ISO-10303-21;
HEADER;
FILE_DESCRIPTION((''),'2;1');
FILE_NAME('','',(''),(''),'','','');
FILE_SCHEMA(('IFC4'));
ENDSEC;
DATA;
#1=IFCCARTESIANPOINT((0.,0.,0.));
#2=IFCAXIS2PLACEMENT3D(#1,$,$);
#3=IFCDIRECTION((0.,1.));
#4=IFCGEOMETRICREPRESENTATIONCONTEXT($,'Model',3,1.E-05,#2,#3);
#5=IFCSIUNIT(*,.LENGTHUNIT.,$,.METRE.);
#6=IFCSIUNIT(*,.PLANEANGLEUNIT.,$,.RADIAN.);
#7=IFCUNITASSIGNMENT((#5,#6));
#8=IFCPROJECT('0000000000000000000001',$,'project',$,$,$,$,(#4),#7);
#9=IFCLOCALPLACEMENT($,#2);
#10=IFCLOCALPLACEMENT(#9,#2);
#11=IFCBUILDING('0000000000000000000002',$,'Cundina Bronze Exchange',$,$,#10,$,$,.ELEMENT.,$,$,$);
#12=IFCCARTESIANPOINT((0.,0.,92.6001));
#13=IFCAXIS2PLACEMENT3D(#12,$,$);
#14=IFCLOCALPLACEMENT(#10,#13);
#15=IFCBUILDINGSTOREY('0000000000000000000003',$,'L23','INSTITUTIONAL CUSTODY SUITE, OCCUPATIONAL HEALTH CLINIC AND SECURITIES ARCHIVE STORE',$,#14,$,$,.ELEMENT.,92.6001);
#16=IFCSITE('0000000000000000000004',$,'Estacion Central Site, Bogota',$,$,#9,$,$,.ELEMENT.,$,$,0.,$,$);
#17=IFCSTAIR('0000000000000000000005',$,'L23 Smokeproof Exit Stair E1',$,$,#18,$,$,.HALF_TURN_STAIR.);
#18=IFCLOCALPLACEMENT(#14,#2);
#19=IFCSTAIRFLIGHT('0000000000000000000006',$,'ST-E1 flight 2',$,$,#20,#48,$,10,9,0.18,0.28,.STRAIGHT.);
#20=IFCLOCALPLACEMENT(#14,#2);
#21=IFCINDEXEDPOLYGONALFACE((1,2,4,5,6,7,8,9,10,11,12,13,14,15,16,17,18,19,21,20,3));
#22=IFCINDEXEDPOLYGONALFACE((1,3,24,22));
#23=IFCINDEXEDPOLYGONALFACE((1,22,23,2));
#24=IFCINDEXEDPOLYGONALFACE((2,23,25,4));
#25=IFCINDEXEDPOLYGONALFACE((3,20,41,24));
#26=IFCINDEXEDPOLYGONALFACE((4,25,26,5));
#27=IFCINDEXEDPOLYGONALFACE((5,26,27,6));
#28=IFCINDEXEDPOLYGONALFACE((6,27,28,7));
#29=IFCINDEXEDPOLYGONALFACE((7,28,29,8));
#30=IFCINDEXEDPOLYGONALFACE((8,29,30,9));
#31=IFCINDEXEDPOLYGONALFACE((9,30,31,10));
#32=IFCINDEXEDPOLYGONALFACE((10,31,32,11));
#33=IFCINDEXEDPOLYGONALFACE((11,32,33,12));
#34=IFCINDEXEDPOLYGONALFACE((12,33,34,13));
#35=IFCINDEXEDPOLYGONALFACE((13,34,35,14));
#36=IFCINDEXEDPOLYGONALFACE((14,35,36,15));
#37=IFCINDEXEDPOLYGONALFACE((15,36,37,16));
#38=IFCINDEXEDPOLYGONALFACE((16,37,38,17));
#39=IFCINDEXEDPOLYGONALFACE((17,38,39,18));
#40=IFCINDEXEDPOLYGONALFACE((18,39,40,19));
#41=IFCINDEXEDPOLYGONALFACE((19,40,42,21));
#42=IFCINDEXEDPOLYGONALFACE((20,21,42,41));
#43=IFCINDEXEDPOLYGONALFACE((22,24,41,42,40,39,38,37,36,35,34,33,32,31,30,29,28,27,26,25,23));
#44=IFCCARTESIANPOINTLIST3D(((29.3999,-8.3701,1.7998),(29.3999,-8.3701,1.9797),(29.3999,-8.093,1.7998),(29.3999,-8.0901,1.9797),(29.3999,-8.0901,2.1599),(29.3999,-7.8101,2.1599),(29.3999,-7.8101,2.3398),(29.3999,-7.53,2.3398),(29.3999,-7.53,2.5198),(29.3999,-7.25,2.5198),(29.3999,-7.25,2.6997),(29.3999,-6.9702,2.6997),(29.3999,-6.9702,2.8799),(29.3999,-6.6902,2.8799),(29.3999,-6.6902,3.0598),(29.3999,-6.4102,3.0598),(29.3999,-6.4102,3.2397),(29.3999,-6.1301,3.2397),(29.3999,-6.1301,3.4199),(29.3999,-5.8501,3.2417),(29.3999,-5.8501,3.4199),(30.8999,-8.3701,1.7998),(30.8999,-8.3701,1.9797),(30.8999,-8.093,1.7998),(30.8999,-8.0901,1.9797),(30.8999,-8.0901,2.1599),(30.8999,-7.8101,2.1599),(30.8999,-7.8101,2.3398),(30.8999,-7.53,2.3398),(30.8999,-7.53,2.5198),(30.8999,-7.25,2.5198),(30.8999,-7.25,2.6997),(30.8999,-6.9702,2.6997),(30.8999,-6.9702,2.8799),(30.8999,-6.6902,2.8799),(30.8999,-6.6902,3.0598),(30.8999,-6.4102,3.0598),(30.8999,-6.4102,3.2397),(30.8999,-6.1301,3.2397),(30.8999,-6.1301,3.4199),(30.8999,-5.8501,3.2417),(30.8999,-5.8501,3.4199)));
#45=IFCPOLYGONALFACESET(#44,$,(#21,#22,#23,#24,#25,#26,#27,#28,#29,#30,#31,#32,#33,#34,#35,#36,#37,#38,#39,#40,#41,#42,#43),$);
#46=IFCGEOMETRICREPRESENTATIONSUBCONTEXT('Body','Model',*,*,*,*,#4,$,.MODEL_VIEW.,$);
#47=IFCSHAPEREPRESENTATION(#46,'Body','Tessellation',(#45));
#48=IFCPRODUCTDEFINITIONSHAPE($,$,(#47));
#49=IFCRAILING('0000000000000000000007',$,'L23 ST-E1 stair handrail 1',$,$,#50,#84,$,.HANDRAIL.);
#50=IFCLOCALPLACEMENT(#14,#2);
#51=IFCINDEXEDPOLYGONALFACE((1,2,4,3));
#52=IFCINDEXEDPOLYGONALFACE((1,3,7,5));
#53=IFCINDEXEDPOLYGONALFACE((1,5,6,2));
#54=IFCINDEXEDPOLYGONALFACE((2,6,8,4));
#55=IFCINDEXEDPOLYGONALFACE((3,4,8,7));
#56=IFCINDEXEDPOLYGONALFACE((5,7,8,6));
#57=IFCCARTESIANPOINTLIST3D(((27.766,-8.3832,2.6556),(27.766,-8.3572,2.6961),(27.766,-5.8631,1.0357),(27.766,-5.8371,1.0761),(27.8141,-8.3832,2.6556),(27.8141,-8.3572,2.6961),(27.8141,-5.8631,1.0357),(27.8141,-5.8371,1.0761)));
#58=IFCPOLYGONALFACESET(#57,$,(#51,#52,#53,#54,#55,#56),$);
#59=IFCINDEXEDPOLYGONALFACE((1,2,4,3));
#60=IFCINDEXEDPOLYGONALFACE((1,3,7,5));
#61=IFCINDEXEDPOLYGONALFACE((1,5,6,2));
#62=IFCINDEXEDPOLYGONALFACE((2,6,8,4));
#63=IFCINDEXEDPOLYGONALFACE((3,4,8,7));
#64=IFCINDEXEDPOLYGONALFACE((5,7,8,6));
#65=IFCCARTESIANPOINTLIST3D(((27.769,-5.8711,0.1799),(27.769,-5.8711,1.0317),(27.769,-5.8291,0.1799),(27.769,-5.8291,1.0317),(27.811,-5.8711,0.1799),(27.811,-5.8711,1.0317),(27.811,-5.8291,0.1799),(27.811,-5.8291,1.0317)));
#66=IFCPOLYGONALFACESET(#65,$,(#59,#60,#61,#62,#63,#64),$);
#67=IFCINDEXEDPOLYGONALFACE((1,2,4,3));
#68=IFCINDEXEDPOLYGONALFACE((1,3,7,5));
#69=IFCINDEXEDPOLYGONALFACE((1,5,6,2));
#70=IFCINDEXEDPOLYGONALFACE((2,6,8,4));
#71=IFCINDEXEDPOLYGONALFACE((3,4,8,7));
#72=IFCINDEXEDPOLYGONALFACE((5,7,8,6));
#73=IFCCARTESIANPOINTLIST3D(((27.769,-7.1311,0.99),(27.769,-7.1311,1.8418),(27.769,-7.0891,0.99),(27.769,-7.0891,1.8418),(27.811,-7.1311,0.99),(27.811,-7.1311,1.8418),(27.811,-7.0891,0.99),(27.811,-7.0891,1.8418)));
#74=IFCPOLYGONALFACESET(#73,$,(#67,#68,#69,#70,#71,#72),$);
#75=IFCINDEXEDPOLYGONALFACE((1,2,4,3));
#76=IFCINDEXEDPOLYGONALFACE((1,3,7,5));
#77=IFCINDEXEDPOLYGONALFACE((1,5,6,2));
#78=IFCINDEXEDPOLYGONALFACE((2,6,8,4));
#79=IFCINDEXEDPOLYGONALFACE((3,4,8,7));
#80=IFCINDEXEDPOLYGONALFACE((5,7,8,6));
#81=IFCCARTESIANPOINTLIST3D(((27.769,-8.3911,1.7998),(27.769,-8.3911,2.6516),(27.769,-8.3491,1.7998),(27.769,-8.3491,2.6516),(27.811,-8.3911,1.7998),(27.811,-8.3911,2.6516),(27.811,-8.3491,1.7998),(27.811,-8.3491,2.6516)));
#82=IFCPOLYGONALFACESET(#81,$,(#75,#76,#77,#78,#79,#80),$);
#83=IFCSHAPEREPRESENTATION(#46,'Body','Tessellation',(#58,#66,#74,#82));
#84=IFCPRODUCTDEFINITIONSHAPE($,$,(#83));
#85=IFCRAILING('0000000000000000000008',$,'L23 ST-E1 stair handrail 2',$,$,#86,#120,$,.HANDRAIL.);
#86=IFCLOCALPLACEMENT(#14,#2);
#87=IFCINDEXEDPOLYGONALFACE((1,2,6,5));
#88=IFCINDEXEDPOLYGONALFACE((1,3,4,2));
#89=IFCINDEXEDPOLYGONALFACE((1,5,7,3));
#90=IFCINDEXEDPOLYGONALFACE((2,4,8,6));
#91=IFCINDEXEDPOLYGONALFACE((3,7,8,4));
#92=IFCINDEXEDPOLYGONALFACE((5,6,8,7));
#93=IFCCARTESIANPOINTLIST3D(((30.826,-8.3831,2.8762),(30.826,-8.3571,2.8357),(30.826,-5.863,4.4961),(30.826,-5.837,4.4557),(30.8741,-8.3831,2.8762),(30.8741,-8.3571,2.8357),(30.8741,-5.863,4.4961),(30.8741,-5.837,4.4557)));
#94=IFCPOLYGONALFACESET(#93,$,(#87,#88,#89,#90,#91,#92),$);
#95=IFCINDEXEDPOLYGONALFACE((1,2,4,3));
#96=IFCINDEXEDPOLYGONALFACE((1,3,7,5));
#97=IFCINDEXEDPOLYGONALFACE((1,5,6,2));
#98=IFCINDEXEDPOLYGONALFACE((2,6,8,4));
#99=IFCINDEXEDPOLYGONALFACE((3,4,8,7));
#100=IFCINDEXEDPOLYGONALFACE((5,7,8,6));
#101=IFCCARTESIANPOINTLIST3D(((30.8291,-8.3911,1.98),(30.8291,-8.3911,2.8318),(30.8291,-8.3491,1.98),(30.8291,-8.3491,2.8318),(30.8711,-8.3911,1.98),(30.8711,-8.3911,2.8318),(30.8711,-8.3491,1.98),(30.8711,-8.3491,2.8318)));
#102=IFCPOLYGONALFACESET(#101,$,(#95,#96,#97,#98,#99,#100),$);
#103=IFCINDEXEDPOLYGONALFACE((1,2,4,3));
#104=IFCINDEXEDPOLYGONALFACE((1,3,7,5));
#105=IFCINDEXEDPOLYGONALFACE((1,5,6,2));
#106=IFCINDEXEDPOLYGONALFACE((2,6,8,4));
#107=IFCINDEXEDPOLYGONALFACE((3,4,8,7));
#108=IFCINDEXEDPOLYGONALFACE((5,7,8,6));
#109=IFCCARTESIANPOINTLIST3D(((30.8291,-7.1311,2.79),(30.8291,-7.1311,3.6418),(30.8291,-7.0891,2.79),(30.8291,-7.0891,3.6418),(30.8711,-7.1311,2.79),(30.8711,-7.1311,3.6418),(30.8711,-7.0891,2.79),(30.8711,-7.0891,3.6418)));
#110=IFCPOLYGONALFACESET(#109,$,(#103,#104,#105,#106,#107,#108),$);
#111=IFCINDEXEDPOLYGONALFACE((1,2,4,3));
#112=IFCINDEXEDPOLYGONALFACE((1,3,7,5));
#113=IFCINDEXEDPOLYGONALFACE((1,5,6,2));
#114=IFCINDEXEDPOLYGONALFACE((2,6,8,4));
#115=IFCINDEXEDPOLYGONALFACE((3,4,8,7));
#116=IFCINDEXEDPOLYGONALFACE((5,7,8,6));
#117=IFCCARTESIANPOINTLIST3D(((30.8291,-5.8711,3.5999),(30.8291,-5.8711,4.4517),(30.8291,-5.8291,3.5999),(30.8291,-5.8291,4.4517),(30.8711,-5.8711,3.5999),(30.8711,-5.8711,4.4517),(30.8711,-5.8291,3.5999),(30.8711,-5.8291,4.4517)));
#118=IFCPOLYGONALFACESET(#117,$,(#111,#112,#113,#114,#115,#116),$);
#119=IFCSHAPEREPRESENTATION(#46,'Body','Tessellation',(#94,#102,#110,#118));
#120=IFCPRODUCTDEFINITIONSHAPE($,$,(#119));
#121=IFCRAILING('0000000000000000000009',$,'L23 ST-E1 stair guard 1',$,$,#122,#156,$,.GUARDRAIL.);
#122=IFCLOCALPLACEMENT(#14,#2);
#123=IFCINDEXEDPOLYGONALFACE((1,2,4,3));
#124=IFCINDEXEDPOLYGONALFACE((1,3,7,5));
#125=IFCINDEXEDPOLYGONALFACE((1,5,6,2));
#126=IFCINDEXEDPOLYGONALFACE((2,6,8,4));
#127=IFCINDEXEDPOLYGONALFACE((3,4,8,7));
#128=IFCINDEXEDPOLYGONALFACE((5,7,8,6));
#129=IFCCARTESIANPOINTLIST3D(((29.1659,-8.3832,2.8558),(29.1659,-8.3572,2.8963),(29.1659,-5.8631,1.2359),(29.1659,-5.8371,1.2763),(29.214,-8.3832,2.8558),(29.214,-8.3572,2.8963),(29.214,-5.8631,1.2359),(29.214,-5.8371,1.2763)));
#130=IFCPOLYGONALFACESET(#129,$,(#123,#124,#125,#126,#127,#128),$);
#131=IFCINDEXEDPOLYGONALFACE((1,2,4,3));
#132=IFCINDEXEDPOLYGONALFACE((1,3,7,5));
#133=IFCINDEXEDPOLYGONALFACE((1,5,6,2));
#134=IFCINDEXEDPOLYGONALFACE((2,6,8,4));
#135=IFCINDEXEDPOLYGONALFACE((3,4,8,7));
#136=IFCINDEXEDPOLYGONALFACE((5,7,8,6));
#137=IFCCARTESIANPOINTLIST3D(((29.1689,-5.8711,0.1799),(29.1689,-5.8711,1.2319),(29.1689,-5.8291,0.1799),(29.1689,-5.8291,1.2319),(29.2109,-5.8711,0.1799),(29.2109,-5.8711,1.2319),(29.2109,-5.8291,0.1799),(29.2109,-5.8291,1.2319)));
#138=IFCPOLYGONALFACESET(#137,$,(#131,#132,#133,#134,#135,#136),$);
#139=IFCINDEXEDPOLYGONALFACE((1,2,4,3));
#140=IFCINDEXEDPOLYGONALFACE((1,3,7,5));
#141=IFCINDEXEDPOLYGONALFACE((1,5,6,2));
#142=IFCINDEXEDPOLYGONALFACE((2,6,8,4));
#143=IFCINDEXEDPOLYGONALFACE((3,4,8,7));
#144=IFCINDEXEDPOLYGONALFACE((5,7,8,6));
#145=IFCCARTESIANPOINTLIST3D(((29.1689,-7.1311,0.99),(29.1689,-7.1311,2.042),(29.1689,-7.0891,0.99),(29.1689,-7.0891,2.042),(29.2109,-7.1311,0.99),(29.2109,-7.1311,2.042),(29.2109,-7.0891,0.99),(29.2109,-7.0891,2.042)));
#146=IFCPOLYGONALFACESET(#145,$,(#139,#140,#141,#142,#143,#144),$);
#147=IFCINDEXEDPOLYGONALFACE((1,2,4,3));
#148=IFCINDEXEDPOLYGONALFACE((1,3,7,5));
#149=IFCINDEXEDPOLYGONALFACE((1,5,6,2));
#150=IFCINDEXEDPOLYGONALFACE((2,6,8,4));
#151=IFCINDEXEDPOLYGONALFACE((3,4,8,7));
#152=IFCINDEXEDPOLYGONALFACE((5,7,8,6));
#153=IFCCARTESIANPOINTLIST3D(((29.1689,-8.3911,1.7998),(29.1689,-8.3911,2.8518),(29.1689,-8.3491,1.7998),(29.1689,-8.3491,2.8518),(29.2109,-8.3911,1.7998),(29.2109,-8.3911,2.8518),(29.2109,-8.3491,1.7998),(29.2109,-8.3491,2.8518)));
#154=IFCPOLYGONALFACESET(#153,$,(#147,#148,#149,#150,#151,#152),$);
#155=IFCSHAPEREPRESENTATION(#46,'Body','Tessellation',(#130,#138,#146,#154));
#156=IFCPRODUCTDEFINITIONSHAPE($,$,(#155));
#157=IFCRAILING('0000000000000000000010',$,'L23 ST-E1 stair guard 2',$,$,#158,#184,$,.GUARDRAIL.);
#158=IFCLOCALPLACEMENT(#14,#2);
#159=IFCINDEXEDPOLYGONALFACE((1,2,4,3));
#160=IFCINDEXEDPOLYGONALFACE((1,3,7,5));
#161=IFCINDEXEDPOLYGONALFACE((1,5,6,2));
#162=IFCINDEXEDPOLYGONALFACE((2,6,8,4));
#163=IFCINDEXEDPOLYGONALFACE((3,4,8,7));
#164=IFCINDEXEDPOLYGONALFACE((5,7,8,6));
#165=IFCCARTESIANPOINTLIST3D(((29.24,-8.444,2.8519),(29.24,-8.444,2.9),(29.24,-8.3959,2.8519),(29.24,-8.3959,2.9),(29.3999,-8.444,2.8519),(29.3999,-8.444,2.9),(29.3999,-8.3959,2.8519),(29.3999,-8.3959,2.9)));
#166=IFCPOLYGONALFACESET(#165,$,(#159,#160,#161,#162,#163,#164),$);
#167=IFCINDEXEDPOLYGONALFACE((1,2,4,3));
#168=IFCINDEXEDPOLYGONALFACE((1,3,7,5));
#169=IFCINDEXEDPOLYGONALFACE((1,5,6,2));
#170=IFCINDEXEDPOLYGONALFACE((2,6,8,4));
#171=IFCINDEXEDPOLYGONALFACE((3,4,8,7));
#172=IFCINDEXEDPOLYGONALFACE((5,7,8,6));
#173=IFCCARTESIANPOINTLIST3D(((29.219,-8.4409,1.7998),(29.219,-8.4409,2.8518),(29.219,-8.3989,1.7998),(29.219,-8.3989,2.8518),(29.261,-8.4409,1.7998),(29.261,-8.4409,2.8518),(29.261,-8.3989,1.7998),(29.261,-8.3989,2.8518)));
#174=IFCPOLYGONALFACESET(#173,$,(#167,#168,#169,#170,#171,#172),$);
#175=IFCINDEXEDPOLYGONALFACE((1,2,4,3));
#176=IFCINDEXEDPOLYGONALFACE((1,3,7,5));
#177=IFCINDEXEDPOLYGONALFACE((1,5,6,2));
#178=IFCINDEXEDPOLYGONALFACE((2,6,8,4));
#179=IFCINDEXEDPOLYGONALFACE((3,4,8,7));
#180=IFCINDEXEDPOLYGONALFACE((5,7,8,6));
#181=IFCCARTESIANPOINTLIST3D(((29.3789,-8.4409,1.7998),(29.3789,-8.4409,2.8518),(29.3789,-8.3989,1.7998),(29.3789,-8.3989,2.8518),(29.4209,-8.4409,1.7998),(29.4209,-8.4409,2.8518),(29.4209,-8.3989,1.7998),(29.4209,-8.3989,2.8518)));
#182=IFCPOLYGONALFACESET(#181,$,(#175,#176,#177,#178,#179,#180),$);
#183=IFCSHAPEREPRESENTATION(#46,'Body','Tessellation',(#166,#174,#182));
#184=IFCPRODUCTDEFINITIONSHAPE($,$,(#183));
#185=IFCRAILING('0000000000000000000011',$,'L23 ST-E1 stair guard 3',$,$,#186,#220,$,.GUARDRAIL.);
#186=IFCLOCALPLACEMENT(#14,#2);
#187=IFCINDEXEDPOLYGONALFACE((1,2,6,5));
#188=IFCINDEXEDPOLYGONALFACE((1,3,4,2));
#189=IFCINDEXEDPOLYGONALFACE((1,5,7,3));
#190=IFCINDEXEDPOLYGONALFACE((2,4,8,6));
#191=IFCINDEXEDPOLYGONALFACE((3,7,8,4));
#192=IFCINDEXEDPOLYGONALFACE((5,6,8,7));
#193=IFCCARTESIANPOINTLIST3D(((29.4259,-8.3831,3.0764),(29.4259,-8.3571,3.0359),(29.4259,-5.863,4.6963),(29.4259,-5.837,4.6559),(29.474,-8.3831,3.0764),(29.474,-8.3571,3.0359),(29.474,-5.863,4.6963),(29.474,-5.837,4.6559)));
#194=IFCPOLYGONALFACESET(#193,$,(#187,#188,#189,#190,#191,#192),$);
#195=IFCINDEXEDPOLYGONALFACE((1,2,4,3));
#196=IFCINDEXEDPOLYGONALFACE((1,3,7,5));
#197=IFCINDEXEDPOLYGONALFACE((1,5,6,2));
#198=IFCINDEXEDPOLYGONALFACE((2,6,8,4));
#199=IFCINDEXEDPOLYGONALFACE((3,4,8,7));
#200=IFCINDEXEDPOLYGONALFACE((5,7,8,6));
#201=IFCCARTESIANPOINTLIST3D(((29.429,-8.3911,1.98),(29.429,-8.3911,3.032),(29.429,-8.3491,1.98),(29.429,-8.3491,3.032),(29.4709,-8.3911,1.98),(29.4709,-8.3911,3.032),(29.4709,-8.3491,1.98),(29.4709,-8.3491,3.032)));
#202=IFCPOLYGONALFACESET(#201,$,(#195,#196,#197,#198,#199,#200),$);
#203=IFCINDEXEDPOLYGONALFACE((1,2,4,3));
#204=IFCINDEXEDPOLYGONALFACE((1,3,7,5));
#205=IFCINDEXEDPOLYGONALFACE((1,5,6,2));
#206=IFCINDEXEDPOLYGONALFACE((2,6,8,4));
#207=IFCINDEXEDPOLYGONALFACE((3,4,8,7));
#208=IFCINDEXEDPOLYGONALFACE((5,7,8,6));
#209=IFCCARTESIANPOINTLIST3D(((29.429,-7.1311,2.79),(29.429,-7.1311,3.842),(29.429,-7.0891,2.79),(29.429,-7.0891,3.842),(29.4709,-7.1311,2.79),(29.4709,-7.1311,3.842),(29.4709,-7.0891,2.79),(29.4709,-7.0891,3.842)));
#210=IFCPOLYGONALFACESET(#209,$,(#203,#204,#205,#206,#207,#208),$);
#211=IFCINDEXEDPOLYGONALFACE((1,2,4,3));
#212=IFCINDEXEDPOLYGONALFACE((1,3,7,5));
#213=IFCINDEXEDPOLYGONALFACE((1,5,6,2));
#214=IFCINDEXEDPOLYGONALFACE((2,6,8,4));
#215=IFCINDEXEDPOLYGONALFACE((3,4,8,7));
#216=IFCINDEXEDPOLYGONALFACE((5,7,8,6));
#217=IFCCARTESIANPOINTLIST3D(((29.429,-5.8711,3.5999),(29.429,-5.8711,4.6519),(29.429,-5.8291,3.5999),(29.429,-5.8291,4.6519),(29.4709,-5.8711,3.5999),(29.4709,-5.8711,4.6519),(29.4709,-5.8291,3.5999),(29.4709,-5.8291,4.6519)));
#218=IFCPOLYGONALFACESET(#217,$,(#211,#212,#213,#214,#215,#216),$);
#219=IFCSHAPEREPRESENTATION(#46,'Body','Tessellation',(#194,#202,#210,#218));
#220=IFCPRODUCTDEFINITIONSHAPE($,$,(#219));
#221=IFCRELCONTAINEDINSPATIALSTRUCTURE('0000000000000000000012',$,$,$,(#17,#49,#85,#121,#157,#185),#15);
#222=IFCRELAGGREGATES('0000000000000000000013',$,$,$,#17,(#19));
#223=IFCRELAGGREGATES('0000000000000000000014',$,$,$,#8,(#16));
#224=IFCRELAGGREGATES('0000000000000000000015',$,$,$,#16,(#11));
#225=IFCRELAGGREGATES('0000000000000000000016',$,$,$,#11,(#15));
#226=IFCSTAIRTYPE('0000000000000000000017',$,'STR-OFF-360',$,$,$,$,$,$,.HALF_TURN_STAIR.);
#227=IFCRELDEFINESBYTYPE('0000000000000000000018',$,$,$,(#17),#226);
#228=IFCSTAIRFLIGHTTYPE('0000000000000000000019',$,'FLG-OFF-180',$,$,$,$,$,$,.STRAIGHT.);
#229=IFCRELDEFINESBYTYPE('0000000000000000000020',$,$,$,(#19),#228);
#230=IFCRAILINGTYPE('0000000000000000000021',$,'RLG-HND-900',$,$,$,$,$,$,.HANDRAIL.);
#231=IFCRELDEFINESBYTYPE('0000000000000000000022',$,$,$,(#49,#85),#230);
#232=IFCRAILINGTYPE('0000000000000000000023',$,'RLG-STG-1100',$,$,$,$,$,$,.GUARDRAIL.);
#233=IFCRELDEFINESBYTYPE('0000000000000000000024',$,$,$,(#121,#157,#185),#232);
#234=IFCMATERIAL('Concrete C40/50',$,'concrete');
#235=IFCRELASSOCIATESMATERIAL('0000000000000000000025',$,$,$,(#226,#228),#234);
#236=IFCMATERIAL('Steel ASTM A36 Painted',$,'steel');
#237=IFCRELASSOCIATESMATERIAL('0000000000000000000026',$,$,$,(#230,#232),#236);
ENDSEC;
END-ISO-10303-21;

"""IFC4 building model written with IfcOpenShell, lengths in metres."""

from ifc_helpers import new_model, si_unit, direction, frame, origin, origin_2d, place, context, subcontext, project, spatial, polyline, rectangle, outline, extrude, material, type_object, element, aggregate, save


model = new_model("IFC4")

# Units and contexts
model_context = context("Model", 3, precision=1e-05, world=origin(), true_north=direction((0.0, 1.0)))
body_context = subcontext(model_context, "Body", "Model", "MODEL_VIEW")
ifc_project = project(units=[si_unit("LENGTHUNIT", "METRE"), si_unit("PLANEANGLEUNIT", "RADIAN")], contexts=[model_context])

# Site, building, storey
site_placement = place(None, origin())
site = spatial("IfcSite", under=ifc_project, at=site_placement, Name="Estacion Central Site, Bogota", CompositionType="ELEMENT", RefElevation=0.0)
building_placement = place(site_placement, origin())
building = spatial("IfcBuilding", under=site, at=building_placement, Name="Cundina Bronze Exchange", CompositionType="ELEMENT")
storey_placement = place(building_placement, frame((0.0, 0.0, 92.6001)))
storey = spatial("IfcBuildingStorey", under=building, at=storey_placement, Name="L23", Description="INSTITUTIONAL CUSTODY SUITE, OCCUPATIONAL HEALTH CLINIC AND SECURITIES ARCHIVE STORE", CompositionType="ELEMENT", Elevation=92.6001)

# Stair, stair flight
ifc_material_1 = material(Name="Concrete C40/50", Category="concrete")
stair_type = type_object("IfcStairType", Name="STR-OFF-360", PredefinedType="HALF_TURN_STAIR", material=ifc_material_1)
stair_placement = place(storey_placement, origin())
stair = element("IfcStair", 1, at=stair_placement, inside=storey, type_object=stair_type, Name="L23 Smokeproof Exit Stair E1", PredefinedType="HALF_TURN_STAIR")
stair_flight_type = type_object("IfcStairFlightType", Name="FLG-OFF-180", PredefinedType="STRAIGHT", material=ifc_material_1)
stair_flight_1_placement = place(storey_placement, frame((30.1499, -8.3701, 1.7998), z_axis=(0.0, 0.0, 1.0), x_axis=(0.0, 1.0, 0.0)))
stair_flight_1 = element("IfcStairFlight", 2, at=stair_flight_1_placement, type_object=stair_flight_type, Name="ST-E1 flight 2", NumberOfRisers=10, NumberOfTreads=9, PredefinedType="STRAIGHT", RiserHeight=0.18, TreadLength=0.28, context=body_context, shape_type="SweptSolid", body=[
    extrude(outline(polyline([(0.0, 0.0), (0.0, 0.1799), (0.28, 0.1799), (0.28, 0.3601), (0.5601, 0.3601), (0.5601, 0.54), (0.8401, 0.54), (0.8401, 0.72), (1.1201, 0.72), (1.1201, 0.8999), (1.3999, 0.8999), (1.3999, 1.0801), (1.6799, 1.0801), (1.6799, 1.26), (1.96, 1.26), (1.96, 1.4399), (2.24, 1.4399), (2.24, 1.6201), (2.52, 1.6201), (2.52, 1.8), (2.52, 1.4419), (0.2771, 0.0), (0.0, 0.0)])), frame((0.0, 0.75, 0.0), z_axis=(0.0, -1.0, 0.0), x_axis=(1.0, 0.0, 0.0)), (0.0, 0.0, 1.0), 1.5),
])
aggregate(stair, [stair_flight_1])

# Railings
ifc_material_2 = material(Name="Steel ASTM A36 Painted", Category="steel")
railing_type_1 = type_object("IfcRailingType", Name="RLG-HND-900", PredefinedType="HANDRAIL", material=ifc_material_2)
railing_1_placement = place(storey_placement, frame((27.79, -5.8501, 0.1799)))
element("IfcRailing", 3, at=railing_1_placement, inside=storey, type_object=railing_type_1, Name="L23 ST-E1 stair handrail 1", PredefinedType="HANDRAIL", context=body_context, shape_type="SweptSolid", body=[
    extrude(rectangle(XDim=0.0481, YDim=0.0481, at=origin_2d()), frame((0.0, 0.0, 0.876), z_axis=(0.0, -0.8412, 0.540725), x_axis=(1.0, 0.0, 0.0)), (0.0, 0.0, 1.0), 2.9958),
    extrude(rectangle(XDim=0.042, YDim=0.042, at=origin_2d()), origin(), (0.0, 0.0, 1.0), 0.8518),
    extrude(rectangle(XDim=0.042, YDim=0.042, at=origin_2d()), frame((0.0, -1.26, 0.8101)), (0.0, 0.0, 1.0), 0.8518),
    extrude(rectangle(XDim=0.042, YDim=0.042, at=origin_2d()), frame((0.0, -2.52, 1.6199)), (0.0, 0.0, 1.0), 0.8518),
])
railing_2_placement = place(storey_placement, frame((30.8501, -8.3701, 1.98)))
element("IfcRailing", 4, at=railing_2_placement, inside=storey, type_object=railing_type_1, Name="L23 ST-E1 stair handrail 2", PredefinedType="HANDRAIL", context=body_context, shape_type="SweptSolid", body=[
    extrude(rectangle(XDim=0.0481, YDim=0.0481, at=origin_2d()), frame((0.0, 0.0, 0.876), z_axis=(0.0, 0.8412, 0.540725), x_axis=(-1.0, 0.0, 0.0)), (0.0, 0.0, 1.0), 2.9958),
    extrude(rectangle(XDim=0.042, YDim=0.042, at=origin_2d()), origin(), (0.0, 0.0, 1.0), 0.8518),
    extrude(rectangle(XDim=0.042, YDim=0.042, at=origin_2d()), frame((0.0, 1.26, 0.8101)), (0.0, 0.0, 1.0), 0.8518),
    extrude(rectangle(XDim=0.042, YDim=0.042, at=origin_2d()), frame((0.0, 2.52, 1.6199)), (0.0, 0.0, 1.0), 0.8518),
])
railing_type_2 = type_object("IfcRailingType", Name="RLG-STG-1100", PredefinedType="GUARDRAIL", material=ifc_material_2)
railing_3_placement = place(storey_placement, frame((29.1899, -5.8501, 0.1799)))
element("IfcRailing", 5, at=railing_3_placement, inside=storey, type_object=railing_type_2, Name="L23 ST-E1 stair guard 1", PredefinedType="GUARDRAIL", context=body_context, shape_type="SweptSolid", body=[
    extrude(rectangle(XDim=0.0481, YDim=0.0481, at=origin_2d()), frame((0.0, 0.0, 1.0762), z_axis=(0.0, -0.8412, 0.540725), x_axis=(1.0, 0.0, 0.0)), (0.0, 0.0, 1.0), 2.9958),
    extrude(rectangle(XDim=0.042, YDim=0.042, at=origin_2d()), origin(), (0.0, 0.0, 1.0), 1.052),
    extrude(rectangle(XDim=0.042, YDim=0.042, at=origin_2d()), frame((0.0, -1.26, 0.8101)), (0.0, 0.0, 1.0), 1.052),
    extrude(rectangle(XDim=0.042, YDim=0.042, at=origin_2d()), frame((0.0, -2.52, 1.6199)), (0.0, 0.0, 1.0), 1.052),
])
railing_4_placement = place(storey_placement, frame((29.24, -8.4199, 1.7998)))
element("IfcRailing", 6, at=railing_4_placement, inside=storey, type_object=railing_type_2, Name="L23 ST-E1 stair guard 2", PredefinedType="GUARDRAIL", context=body_context, shape_type="SweptSolid", body=[
    extrude(rectangle(XDim=0.0481, YDim=0.0481, at=origin_2d()), frame((0.0, 0.0, 1.0762), z_axis=(1.0, 0.0, 0.0), x_axis=(0.0, 1.0, 0.0)), (0.0, 0.0, 1.0), 0.1599),
    extrude(rectangle(XDim=0.042, YDim=0.042, at=origin_2d()), origin(), (0.0, 0.0, 1.0), 1.052),
    extrude(rectangle(XDim=0.042, YDim=0.042, at=origin_2d()), frame((0.1599, 0.0, 0.0)), (0.0, 0.0, 1.0), 1.052),
])
railing_5_placement = place(storey_placement, frame((29.45, -8.3701, 1.98)))
element("IfcRailing", 7, at=railing_5_placement, inside=storey, type_object=railing_type_2, Name="L23 ST-E1 stair guard 3", PredefinedType="GUARDRAIL", context=body_context, shape_type="SweptSolid", body=[
    extrude(rectangle(XDim=0.0481, YDim=0.0481, at=origin_2d()), frame((0.0, 0.0, 1.0762), z_axis=(0.0, 0.8412, 0.540725), x_axis=(-1.0, 0.0, 0.0)), (0.0, 0.0, 1.0), 2.9958),
    extrude(rectangle(XDim=0.042, YDim=0.042, at=origin_2d()), origin(), (0.0, 0.0, 1.0), 1.052),
    extrude(rectangle(XDim=0.042, YDim=0.042, at=origin_2d()), frame((0.0, 1.26, 0.8101)), (0.0, 0.0, 1.0), 1.052),
    extrude(rectangle(XDim=0.042, YDim=0.042, at=origin_2d()), frame((0.0, 2.52, 1.6199)), (0.0, 0.0, 1.0), 1.052),
])

save(model, "model.ifc")
